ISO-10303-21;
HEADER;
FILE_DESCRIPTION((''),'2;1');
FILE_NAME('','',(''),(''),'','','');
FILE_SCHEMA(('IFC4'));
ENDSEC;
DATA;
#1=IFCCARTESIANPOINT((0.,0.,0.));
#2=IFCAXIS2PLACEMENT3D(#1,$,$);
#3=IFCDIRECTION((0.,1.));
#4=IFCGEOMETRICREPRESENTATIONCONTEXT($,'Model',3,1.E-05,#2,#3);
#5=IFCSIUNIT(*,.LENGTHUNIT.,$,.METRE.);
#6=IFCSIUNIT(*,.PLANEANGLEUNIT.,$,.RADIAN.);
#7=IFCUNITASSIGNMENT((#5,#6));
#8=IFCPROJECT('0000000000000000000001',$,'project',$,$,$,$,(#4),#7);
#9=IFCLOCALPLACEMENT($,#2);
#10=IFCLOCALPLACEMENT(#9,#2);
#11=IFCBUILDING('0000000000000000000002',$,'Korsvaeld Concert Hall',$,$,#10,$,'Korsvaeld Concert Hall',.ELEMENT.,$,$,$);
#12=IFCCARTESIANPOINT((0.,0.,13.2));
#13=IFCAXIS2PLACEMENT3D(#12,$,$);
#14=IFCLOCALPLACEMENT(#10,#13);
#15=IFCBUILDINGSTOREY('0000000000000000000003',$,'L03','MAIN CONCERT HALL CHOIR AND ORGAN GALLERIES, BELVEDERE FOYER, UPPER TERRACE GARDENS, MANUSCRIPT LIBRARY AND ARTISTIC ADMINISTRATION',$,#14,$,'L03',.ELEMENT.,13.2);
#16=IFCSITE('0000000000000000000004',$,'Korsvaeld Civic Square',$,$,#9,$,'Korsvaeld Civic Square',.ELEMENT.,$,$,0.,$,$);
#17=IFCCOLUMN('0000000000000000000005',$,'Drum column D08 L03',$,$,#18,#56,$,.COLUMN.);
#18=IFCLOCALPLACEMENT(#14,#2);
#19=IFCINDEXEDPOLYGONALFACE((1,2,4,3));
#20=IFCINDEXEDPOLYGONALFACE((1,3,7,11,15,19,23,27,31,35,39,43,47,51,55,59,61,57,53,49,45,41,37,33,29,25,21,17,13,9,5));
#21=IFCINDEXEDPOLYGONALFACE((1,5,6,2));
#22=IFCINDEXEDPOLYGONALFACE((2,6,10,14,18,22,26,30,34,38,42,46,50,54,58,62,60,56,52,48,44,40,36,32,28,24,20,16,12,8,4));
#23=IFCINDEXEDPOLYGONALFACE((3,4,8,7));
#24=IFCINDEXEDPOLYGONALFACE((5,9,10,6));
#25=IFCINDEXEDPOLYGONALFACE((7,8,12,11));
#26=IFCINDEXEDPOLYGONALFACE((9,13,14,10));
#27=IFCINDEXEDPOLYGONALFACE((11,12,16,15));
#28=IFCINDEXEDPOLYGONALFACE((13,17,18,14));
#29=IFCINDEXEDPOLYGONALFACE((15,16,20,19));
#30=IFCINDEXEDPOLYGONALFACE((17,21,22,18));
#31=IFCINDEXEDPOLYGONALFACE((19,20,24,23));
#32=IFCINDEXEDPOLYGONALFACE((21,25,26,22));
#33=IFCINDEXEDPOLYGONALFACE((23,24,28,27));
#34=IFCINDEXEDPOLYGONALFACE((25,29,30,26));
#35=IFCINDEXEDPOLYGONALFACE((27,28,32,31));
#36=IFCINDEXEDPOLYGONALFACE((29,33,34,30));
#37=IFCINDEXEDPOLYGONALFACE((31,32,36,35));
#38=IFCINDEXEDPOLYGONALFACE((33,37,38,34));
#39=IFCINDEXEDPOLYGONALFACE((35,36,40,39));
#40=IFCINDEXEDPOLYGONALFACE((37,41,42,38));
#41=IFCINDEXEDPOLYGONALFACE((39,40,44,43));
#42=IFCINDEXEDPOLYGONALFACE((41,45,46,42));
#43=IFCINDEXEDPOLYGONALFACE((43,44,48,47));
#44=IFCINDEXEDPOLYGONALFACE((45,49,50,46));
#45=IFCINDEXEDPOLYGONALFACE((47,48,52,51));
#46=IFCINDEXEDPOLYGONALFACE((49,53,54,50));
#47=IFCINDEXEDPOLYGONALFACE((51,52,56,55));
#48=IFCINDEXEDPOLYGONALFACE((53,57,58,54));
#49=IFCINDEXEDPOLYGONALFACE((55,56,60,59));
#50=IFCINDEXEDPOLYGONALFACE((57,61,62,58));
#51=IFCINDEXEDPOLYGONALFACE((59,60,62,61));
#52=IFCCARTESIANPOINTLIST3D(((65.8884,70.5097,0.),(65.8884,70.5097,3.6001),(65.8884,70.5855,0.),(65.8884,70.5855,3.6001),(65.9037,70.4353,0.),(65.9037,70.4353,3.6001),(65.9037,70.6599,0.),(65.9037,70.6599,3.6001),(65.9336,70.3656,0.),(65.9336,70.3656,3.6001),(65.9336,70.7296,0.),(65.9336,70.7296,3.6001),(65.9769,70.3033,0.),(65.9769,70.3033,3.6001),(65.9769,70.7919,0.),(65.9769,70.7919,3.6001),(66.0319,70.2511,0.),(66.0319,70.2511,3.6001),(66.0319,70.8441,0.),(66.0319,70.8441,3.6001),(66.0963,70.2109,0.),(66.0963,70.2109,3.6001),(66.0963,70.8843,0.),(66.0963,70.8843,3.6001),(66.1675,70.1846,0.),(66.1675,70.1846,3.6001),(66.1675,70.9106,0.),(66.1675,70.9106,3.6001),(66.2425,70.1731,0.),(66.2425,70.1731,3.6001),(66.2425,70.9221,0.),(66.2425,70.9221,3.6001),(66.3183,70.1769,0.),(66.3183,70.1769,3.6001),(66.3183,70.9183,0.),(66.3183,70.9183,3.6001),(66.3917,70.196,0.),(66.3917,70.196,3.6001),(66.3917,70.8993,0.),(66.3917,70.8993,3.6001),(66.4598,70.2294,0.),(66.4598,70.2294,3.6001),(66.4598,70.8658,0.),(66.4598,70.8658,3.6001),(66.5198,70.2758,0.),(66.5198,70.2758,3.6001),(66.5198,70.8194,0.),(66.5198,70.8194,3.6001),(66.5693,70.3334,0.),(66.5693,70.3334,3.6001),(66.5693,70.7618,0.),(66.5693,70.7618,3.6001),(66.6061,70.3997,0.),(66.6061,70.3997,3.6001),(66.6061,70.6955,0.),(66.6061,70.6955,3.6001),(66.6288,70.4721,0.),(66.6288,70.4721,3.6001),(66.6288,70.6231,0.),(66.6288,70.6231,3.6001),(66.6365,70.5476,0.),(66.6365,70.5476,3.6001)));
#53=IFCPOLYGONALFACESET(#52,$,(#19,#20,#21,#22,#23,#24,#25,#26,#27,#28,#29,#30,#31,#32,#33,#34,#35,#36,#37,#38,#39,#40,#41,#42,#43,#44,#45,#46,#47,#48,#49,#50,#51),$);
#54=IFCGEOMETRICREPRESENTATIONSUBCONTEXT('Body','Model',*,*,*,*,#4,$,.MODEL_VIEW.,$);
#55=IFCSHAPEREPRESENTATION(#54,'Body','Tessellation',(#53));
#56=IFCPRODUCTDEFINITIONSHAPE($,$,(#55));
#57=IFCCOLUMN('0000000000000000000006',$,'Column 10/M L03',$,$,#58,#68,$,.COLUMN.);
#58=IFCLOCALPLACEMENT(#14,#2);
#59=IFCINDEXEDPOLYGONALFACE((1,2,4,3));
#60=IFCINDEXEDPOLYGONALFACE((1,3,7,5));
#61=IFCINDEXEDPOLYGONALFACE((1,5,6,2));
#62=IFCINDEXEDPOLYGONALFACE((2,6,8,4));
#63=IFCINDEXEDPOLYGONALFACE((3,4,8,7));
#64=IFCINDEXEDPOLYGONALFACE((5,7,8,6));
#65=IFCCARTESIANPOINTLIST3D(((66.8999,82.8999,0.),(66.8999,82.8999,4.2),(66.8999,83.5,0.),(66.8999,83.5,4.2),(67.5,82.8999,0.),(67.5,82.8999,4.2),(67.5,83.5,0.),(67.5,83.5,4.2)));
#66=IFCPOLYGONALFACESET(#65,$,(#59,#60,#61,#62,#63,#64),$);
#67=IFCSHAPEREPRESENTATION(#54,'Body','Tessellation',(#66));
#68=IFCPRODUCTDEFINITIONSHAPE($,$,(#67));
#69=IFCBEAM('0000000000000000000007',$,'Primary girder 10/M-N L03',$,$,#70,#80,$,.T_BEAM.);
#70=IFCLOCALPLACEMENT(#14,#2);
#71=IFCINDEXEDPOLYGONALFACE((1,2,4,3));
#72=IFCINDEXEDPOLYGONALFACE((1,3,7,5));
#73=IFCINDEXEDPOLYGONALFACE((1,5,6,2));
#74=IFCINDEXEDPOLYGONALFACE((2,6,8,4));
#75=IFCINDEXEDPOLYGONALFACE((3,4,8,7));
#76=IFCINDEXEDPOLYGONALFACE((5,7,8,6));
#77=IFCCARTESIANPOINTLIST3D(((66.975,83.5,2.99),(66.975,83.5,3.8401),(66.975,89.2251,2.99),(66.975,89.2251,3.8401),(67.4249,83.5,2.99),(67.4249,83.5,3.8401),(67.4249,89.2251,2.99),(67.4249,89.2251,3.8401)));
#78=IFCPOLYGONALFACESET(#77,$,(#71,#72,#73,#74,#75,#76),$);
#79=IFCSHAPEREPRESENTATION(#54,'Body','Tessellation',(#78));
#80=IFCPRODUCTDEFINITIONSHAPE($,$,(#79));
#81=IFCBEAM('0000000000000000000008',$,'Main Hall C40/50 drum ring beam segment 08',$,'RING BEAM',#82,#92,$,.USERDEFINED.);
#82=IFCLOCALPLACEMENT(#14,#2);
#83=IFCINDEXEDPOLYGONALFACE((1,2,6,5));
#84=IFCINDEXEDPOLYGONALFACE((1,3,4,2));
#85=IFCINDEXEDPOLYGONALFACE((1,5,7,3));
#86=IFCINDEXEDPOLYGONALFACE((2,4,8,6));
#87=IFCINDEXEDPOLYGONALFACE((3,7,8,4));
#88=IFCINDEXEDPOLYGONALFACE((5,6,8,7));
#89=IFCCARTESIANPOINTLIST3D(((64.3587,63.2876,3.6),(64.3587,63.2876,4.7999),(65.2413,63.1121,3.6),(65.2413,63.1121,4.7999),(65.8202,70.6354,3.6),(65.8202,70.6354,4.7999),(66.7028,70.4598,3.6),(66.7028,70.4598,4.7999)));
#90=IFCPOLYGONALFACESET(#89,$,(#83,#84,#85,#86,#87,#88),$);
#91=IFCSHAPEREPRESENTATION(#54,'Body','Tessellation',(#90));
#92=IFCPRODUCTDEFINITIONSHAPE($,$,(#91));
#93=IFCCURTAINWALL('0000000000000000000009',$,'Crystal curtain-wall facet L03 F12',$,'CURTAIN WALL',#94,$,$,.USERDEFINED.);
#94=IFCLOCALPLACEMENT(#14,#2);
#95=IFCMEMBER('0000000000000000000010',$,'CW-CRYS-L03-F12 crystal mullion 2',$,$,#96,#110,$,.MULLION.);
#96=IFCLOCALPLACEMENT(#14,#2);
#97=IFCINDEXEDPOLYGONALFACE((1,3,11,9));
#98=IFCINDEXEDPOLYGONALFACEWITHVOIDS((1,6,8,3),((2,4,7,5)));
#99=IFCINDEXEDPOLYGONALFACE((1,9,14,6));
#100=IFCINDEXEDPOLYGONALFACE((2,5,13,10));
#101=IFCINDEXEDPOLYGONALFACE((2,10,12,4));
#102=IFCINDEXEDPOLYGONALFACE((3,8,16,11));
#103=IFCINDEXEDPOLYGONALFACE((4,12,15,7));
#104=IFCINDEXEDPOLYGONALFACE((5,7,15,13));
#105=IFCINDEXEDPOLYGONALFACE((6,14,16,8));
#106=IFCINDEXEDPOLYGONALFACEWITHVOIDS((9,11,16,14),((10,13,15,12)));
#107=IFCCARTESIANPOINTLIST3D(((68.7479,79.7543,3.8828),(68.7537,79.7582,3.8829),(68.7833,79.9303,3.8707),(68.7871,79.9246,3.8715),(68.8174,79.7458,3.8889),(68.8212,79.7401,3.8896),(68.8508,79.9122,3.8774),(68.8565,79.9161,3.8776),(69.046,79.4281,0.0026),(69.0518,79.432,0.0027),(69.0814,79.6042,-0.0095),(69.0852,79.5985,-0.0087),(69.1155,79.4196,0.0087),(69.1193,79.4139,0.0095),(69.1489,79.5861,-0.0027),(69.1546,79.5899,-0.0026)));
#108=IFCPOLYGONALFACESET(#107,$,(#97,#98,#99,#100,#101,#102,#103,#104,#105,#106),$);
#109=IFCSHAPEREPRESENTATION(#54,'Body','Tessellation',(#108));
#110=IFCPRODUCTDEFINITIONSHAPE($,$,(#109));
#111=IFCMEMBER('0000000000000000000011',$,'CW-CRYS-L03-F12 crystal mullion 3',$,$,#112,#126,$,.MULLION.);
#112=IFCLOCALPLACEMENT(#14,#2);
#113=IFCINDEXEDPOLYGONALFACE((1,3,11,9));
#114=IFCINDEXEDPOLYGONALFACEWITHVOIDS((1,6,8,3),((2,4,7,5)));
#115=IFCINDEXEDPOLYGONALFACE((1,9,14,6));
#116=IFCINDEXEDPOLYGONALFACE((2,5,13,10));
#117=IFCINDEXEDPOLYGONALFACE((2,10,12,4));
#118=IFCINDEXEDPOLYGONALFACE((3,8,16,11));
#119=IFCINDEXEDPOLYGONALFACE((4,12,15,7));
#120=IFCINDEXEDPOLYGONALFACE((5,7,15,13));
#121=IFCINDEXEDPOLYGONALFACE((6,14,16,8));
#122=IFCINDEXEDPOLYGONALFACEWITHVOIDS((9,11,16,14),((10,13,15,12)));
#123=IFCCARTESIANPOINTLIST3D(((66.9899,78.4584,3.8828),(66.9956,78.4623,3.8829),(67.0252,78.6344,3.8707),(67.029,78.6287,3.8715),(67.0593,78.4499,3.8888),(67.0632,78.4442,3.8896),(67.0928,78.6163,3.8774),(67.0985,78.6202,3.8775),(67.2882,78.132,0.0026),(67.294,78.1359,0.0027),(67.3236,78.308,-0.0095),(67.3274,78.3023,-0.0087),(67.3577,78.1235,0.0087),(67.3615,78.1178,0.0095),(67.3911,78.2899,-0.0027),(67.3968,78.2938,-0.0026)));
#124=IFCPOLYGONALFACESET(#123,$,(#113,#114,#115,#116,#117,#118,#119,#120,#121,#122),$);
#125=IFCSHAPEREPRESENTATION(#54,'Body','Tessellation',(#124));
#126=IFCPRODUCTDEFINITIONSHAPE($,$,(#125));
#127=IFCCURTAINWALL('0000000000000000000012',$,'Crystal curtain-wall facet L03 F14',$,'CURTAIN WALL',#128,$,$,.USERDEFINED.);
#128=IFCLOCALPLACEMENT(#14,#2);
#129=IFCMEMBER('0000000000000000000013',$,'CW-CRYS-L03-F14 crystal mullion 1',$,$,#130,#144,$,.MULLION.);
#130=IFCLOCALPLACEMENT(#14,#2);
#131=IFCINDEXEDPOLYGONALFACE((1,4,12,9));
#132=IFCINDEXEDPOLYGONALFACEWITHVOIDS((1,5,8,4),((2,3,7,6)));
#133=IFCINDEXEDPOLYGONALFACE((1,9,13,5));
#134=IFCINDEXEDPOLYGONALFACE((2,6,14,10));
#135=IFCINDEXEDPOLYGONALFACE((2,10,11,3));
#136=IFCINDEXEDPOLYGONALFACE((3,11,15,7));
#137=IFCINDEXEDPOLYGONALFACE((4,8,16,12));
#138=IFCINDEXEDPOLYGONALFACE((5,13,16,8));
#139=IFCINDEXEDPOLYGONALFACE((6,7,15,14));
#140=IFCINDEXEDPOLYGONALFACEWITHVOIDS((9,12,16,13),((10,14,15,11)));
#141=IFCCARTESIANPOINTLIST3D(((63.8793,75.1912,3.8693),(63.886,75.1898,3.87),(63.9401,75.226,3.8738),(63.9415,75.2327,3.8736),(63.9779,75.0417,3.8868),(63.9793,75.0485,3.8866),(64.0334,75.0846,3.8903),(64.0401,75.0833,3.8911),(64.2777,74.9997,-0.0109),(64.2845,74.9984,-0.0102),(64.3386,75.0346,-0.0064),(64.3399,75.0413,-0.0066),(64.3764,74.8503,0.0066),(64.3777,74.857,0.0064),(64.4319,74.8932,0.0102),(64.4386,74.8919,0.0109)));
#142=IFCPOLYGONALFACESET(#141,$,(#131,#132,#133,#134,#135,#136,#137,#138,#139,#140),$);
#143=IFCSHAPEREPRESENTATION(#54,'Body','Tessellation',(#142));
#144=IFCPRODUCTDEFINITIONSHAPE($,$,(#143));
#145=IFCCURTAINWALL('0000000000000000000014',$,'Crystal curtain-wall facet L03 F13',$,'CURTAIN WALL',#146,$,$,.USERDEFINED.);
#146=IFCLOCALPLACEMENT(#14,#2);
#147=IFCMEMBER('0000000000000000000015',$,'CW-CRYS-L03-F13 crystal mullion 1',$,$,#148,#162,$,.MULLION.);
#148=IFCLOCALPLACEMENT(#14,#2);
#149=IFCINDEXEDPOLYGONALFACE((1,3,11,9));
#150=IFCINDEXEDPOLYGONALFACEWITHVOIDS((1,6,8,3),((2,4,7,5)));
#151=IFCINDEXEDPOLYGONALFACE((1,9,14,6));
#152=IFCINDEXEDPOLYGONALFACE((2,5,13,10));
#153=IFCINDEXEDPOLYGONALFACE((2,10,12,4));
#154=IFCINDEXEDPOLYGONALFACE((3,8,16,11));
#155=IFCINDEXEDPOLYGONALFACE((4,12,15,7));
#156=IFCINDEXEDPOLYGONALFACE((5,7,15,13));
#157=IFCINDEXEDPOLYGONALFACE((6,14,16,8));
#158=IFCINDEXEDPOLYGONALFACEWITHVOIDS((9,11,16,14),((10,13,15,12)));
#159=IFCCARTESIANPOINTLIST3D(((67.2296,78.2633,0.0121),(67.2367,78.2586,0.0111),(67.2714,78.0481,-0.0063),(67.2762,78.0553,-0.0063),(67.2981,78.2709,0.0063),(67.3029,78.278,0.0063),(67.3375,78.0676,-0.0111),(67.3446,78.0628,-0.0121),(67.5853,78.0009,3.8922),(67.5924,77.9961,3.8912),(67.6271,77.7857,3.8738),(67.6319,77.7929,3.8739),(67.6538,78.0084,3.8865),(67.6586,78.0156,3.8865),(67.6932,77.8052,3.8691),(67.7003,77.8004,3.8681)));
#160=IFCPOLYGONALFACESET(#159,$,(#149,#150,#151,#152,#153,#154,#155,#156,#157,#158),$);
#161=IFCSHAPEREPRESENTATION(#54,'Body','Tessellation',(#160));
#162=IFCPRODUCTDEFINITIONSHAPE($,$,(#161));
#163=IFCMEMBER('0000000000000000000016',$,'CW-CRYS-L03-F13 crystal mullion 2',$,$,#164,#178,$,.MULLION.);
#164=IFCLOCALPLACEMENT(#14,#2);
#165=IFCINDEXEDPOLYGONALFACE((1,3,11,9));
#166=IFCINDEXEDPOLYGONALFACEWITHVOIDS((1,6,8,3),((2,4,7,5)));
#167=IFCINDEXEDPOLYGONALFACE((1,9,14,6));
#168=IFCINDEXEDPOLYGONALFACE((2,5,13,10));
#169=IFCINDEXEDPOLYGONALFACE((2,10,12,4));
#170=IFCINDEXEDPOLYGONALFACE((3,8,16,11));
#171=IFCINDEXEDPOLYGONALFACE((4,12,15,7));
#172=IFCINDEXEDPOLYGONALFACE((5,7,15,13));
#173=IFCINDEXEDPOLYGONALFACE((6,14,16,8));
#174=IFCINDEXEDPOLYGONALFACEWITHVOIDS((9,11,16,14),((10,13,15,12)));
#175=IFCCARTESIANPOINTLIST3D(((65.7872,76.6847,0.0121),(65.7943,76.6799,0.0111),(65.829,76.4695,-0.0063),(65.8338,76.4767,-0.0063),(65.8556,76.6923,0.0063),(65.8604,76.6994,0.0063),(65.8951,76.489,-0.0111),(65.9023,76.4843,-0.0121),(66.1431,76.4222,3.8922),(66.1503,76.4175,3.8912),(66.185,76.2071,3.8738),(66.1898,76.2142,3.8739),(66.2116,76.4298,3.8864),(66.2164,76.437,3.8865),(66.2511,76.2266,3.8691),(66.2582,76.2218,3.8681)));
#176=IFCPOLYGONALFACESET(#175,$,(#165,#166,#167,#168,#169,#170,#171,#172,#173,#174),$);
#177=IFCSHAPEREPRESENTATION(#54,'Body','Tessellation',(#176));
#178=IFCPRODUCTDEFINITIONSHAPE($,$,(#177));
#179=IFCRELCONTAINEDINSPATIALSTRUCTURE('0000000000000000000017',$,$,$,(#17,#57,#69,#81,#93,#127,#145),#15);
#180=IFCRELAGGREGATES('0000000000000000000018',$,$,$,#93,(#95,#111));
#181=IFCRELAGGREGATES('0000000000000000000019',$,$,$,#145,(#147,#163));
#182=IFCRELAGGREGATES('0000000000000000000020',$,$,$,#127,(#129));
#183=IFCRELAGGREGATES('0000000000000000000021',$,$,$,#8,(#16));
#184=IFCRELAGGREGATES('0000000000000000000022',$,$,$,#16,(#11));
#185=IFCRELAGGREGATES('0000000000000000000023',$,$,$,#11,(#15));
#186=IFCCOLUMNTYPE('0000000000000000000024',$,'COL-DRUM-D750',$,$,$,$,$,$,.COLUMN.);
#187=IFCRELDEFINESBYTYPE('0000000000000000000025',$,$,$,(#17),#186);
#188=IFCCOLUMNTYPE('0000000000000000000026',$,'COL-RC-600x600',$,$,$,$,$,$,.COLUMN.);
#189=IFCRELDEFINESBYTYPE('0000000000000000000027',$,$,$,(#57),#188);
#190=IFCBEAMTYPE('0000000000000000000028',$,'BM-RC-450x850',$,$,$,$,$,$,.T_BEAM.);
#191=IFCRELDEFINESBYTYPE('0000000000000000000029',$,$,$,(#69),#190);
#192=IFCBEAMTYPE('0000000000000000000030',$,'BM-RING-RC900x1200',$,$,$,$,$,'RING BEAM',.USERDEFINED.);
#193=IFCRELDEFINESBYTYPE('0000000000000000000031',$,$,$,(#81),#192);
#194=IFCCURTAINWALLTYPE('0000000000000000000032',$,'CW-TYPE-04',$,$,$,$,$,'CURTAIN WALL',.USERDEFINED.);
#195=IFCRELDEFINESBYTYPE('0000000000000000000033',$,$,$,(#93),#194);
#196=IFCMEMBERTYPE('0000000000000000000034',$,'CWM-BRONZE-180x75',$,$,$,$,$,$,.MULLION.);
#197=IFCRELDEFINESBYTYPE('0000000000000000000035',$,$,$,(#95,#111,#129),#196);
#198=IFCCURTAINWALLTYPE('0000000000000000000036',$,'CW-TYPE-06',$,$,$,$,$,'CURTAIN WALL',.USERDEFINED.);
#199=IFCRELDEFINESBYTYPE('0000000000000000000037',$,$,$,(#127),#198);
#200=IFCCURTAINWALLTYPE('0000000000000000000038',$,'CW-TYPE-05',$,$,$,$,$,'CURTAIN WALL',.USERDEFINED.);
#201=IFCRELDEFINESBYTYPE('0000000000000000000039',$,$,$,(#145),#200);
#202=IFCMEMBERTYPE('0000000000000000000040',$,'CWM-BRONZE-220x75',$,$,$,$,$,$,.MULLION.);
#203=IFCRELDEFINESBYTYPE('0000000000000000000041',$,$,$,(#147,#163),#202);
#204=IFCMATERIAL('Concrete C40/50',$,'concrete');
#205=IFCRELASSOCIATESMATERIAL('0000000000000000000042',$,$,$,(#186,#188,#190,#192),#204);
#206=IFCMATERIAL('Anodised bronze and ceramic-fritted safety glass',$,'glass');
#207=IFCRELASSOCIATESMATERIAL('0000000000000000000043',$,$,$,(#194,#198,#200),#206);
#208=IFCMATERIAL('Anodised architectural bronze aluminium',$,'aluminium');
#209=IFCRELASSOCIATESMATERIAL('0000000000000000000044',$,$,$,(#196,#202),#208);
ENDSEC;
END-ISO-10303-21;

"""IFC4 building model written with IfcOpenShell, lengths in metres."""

from ifc_helpers import new_model, si_unit, direction, frame, origin, origin_2d, place, context, subcontext, project, spatial, rectangle, hollow_rectangle, circle, extrude, material, material_profile, profile_set, type_object, element, aggregate, save


model = new_model("IFC4")

# Units and contexts
model_context = context("Model", 3, precision=1e-05, world=origin(), true_north=direction((0.0, 1.0)))
body_context = subcontext(model_context, "Body", "Model", "MODEL_VIEW")
ifc_project = project(units=[si_unit("LENGTHUNIT", "METRE"), si_unit("PLANEANGLEUNIT", "RADIAN")], contexts=[model_context])

# Site, building, storey
site_placement = place(None, origin())
site = spatial("IfcSite", under=ifc_project, at=site_placement, Name="Korsvaeld Civic Square", LongName="Korsvaeld Civic Square", CompositionType="ELEMENT", RefElevation=0.0)
building_placement = place(site_placement, origin())
building = spatial("IfcBuilding", under=site, at=building_placement, Name="Korsvaeld Concert Hall", LongName="Korsvaeld Concert Hall", CompositionType="ELEMENT")
storey_placement = place(building_placement, frame((0.0, 0.0, 13.2)))
storey = spatial("IfcBuildingStorey", under=building, at=storey_placement, Name="L03", Description="MAIN CONCERT HALL CHOIR AND ORGAN GALLERIES, BELVEDERE FOYER, UPPER TERRACE GARDENS, MANUSCRIPT LIBRARY AND ARTISTIC ADMINISTRATION", LongName="L03", CompositionType="ELEMENT", Elevation=13.2)

# Columns
ifc_material_1 = material(Name="Concrete C40/50", Category="concrete")
ifc_material_profile_1 = material_profile(ifc_material_1, circle(Radius=0.375, at=origin_2d()), Name="RC D750")
ifc_profile_set_1 = profile_set([ifc_material_profile_1], Name="Concrete C40/50")
column_type_1 = type_object("IfcColumnType", Name="COL-DRUM-D750", PredefinedType="COLUMN", material=ifc_profile_set_1)
column_1_placement = place(storey_placement, frame((66.2615, 70.5476, 0.0), z_axis=(0.0, 0.0, 1.0), x_axis=(1.0, 0.0, 0.0)))
element("IfcColumn", 1, at=column_1_placement, inside=storey, type_object=column_type_1, Name="Drum column D08 L03", PredefinedType="COLUMN", context=body_context, shape_type="SweptSolid", body=[
    extrude(circle(Radius=0.375, at=origin_2d()), origin(), (0.0, 0.0, 1.0), 3.6001),
])
ifc_material_profile_2 = material_profile(ifc_material_1, rectangle(XDim=0.6001, YDim=0.6001, at=origin_2d()), Name="RC 600x600")
ifc_profile_set_2 = profile_set([ifc_material_profile_2], Name="Concrete C40/50")
column_type_2 = type_object("IfcColumnType", Name="COL-RC-600x600", PredefinedType="COLUMN", material=ifc_profile_set_2)
column_2_placement = place(storey_placement, frame((67.2, 83.2, 0.0), z_axis=(0.0, 0.0, 1.0), x_axis=(1.0, 0.0, 0.0)))
element("IfcColumn", 2, at=column_2_placement, inside=storey, type_object=column_type_2, Name="Column 10/M L03", PredefinedType="COLUMN", context=body_context, shape_type="SweptSolid", body=[
    extrude(rectangle(XDim=0.6001, YDim=0.6001, at=origin_2d()), origin(), (0.0, 0.0, 1.0), 4.2),
])

# Beams
ifc_material_profile_3 = material_profile(ifc_material_1, rectangle(XDim=0.45, YDim=0.8501, at=origin_2d()), Name="RC 450x850")
ifc_profile_set_3 = profile_set([ifc_material_profile_3], Name="Concrete C40/50")
beam_type_1 = type_object("IfcBeamType", Name="BM-RC-450x850", PredefinedType="T_BEAM", material=ifc_profile_set_3)
beam_1_placement = place(storey_placement, frame((67.2, 83.5, 3.415), z_axis=(0.0, 1.0, 0.0), x_axis=(-1.0, 0.0, 0.0)))
element("IfcBeam", 3, at=beam_1_placement, inside=storey, type_object=beam_type_1, Name="Primary girder 10/M-N L03", PredefinedType="T_BEAM", context=body_context, shape_type="SweptSolid", body=[
    extrude(rectangle(XDim=0.45, YDim=0.8501, at=origin_2d()), origin(), (0.0, 0.0, 1.0), 5.7251),
])
ifc_material_profile_4 = material_profile(ifc_material_1, rectangle(XDim=0.8999, YDim=1.2, at=origin_2d()), Name="RC 900x1200")
ifc_profile_set_4 = profile_set([ifc_material_profile_4], Name="Concrete C40/50")
beam_type_2 = type_object("IfcBeamType", Name="BM-RING-RC900x1200", ElementType="RING BEAM", PredefinedType="USERDEFINED", material=ifc_profile_set_4)
beam_2_placement = place(storey_placement, frame((66.2615, 70.5476, 4.2), z_axis=(-0.195076, -0.980788, 0.0), x_axis=(0.980788, -0.195076, 0.0)))
element("IfcBeam", 4, at=beam_2_placement, inside=storey, type_object=beam_type_2, Name="Main Hall C40/50 drum ring beam segment 08", ObjectType="RING BEAM", PredefinedType="USERDEFINED", context=body_context, shape_type="SweptSolid", body=[
    extrude(rectangle(XDim=0.8999, YDim=1.2, at=origin_2d()), origin(), (0.0, 0.0, 1.0), 7.4917),
])

# Curtain wall, members
ifc_material_2 = material(Name="Anodised bronze and ceramic-fritted safety glass", Category="glass")
curtain_wall_type_1 = type_object("IfcCurtainWallType", Name="CW-TYPE-04", ElementType="CURTAIN WALL", PredefinedType="USERDEFINED", material=ifc_material_2)
curtain_wall_1_placement = place(storey_placement, origin())
curtain_wall_1 = element("IfcCurtainWall", 5, at=curtain_wall_1_placement, inside=storey, type_object=curtain_wall_type_1, Name="Crystal curtain-wall facet L03 F12", ObjectType="CURTAIN WALL", PredefinedType="USERDEFINED")
ifc_material_3 = material(Name="Anodised architectural bronze aluminium", Category="aluminium")
ifc_material_profile_5 = material_profile(ifc_material_3, hollow_rectangle(XDim=0.075, YDim=0.1799, WallThickness=0.0049, at=origin_2d()), Name="CWM 180x75x5")
ifc_profile_set_5 = profile_set([ifc_material_profile_5], Name="Anodised architectural bronze aluminium")
member_type_1 = type_object("IfcMemberType", Name="CWM-BRONZE-180x75", PredefinedType="MULLION", material=ifc_profile_set_5)
member_1_placement = place(storey_placement, frame((69.1003, 79.509, 0.0), z_axis=(-0.076333, 0.083522, 0.993578), x_axis=(-0.977549, 0.190011, -0.091074)))
member_1 = element("IfcMember", 6, at=member_1_placement, type_object=member_type_1, Name="CW-CRYS-L03-F12 crystal mullion 2", PredefinedType="MULLION", context=body_context, shape_type="SweptSolid", body=[
    extrude(hollow_rectangle(XDim=0.075, YDim=0.1799, WallThickness=0.0049, at=origin_2d()), origin(), (0.0, 0.0, 1.0), 3.9053),
])
member_2_placement = place(storey_placement, frame((67.3425, 78.2129, 0.0), z_axis=(-0.076395, 0.083584, 0.993568), x_axis=(-0.97755, 0.189971, -0.091144)))
member_2 = element("IfcMember", 7, at=member_2_placement, type_object=member_type_1, Name="CW-CRYS-L03-F12 crystal mullion 3", PredefinedType="MULLION", context=body_context, shape_type="SweptSolid", body=[
    extrude(hollow_rectangle(XDim=0.075, YDim=0.1799, WallThickness=0.0049, at=origin_2d()), origin(), (0.0, 0.0, 1.0), 3.9053),
])

# Curtain wall, member
curtain_wall_type_2 = type_object("IfcCurtainWallType", Name="CW-TYPE-06", ElementType="CURTAIN WALL", PredefinedType="USERDEFINED", material=ifc_material_2)
curtain_wall_2_placement = place(storey_placement, origin())
curtain_wall_2 = element("IfcCurtainWall", 8, at=curtain_wall_2_placement, inside=storey, type_object=curtain_wall_type_2, Name="Crystal curtain-wall facet L03 F14", ObjectType="CURTAIN WALL", PredefinedType="USERDEFINED")
member_3_placement = place(storey_placement, frame((64.3582, 74.9458, 0.0), z_axis=(-0.102027, 0.049013, 0.993573), x_axis=(-0.830086, -0.554624, -0.057879)))
member_3 = element("IfcMember", 9, at=member_3_placement, type_object=member_type_1, Name="CW-CRYS-L03-F14 crystal mullion 1", PredefinedType="MULLION", context=body_context, shape_type="SweptSolid", body=[
    extrude(hollow_rectangle(XDim=0.075, YDim=0.1799, WallThickness=0.0049, at=origin_2d()), origin(), (0.0, 0.0, 1.0), 3.9053),
])

# Curtain wall, members
curtain_wall_type_3 = type_object("IfcCurtainWallType", Name="CW-TYPE-05", ElementType="CURTAIN WALL", PredefinedType="USERDEFINED", material=ifc_material_2)
curtain_wall_3_placement = place(storey_placement, origin())
curtain_wall_3 = element("IfcCurtainWall", 10, at=curtain_wall_3_placement, inside=storey, type_object=curtain_wall_type_3, Name="Crystal curtain-wall facet L03 F13", ObjectType="CURTAIN WALL", PredefinedType="USERDEFINED")
ifc_material_profile_6 = material_profile(ifc_material_3, hollow_rectangle(XDim=0.075, YDim=0.22, WallThickness=0.0061, at=origin_2d()), Name="CWM 220x75x6")
ifc_profile_set_6 = profile_set([ifc_material_profile_6], Name="Anodised architectural bronze aluminium")
member_type_2 = type_object("IfcMemberType", Name="CWM-BRONZE-220x75", PredefinedType="MULLION", material=ifc_profile_set_6)
member_4_placement = place(storey_placement, frame((67.2871, 78.1631, 0.0), z_axis=(0.091086, -0.067205, 0.993573), x_axis=(0.977585, 0.196208, -0.076349)))
member_4 = element("IfcMember", 11, at=member_4_placement, type_object=member_type_2, Name="CW-CRYS-L03-F13 crystal mullion 1", PredefinedType="MULLION", context=body_context, shape_type="SweptSolid", body=[
    extrude(hollow_rectangle(XDim=0.075, YDim=0.22, WallThickness=0.0061, at=origin_2d()), origin(), (0.0, 0.0, 1.0), 3.9053),
])
member_5_placement = place(storey_placement, frame((65.8447, 76.5845, 0.0), z_axis=(0.091148, -0.067205, 0.993567), x_axis=(0.977518, 0.19653, -0.076383)))
member_5 = element("IfcMember", 12, at=member_5_placement, type_object=member_type_2, Name="CW-CRYS-L03-F13 crystal mullion 2", PredefinedType="MULLION", context=body_context, shape_type="SweptSolid", body=[
    extrude(hollow_rectangle(XDim=0.075, YDim=0.22, WallThickness=0.0061, at=origin_2d()), origin(), (0.0, 0.0, 1.0), 3.9053),
])

aggregate(curtain_wall_1, [member_1, member_2])
aggregate(curtain_wall_3, [member_4, member_5])
aggregate(curtain_wall_2, [member_3])

save(model, "model.ifc")
